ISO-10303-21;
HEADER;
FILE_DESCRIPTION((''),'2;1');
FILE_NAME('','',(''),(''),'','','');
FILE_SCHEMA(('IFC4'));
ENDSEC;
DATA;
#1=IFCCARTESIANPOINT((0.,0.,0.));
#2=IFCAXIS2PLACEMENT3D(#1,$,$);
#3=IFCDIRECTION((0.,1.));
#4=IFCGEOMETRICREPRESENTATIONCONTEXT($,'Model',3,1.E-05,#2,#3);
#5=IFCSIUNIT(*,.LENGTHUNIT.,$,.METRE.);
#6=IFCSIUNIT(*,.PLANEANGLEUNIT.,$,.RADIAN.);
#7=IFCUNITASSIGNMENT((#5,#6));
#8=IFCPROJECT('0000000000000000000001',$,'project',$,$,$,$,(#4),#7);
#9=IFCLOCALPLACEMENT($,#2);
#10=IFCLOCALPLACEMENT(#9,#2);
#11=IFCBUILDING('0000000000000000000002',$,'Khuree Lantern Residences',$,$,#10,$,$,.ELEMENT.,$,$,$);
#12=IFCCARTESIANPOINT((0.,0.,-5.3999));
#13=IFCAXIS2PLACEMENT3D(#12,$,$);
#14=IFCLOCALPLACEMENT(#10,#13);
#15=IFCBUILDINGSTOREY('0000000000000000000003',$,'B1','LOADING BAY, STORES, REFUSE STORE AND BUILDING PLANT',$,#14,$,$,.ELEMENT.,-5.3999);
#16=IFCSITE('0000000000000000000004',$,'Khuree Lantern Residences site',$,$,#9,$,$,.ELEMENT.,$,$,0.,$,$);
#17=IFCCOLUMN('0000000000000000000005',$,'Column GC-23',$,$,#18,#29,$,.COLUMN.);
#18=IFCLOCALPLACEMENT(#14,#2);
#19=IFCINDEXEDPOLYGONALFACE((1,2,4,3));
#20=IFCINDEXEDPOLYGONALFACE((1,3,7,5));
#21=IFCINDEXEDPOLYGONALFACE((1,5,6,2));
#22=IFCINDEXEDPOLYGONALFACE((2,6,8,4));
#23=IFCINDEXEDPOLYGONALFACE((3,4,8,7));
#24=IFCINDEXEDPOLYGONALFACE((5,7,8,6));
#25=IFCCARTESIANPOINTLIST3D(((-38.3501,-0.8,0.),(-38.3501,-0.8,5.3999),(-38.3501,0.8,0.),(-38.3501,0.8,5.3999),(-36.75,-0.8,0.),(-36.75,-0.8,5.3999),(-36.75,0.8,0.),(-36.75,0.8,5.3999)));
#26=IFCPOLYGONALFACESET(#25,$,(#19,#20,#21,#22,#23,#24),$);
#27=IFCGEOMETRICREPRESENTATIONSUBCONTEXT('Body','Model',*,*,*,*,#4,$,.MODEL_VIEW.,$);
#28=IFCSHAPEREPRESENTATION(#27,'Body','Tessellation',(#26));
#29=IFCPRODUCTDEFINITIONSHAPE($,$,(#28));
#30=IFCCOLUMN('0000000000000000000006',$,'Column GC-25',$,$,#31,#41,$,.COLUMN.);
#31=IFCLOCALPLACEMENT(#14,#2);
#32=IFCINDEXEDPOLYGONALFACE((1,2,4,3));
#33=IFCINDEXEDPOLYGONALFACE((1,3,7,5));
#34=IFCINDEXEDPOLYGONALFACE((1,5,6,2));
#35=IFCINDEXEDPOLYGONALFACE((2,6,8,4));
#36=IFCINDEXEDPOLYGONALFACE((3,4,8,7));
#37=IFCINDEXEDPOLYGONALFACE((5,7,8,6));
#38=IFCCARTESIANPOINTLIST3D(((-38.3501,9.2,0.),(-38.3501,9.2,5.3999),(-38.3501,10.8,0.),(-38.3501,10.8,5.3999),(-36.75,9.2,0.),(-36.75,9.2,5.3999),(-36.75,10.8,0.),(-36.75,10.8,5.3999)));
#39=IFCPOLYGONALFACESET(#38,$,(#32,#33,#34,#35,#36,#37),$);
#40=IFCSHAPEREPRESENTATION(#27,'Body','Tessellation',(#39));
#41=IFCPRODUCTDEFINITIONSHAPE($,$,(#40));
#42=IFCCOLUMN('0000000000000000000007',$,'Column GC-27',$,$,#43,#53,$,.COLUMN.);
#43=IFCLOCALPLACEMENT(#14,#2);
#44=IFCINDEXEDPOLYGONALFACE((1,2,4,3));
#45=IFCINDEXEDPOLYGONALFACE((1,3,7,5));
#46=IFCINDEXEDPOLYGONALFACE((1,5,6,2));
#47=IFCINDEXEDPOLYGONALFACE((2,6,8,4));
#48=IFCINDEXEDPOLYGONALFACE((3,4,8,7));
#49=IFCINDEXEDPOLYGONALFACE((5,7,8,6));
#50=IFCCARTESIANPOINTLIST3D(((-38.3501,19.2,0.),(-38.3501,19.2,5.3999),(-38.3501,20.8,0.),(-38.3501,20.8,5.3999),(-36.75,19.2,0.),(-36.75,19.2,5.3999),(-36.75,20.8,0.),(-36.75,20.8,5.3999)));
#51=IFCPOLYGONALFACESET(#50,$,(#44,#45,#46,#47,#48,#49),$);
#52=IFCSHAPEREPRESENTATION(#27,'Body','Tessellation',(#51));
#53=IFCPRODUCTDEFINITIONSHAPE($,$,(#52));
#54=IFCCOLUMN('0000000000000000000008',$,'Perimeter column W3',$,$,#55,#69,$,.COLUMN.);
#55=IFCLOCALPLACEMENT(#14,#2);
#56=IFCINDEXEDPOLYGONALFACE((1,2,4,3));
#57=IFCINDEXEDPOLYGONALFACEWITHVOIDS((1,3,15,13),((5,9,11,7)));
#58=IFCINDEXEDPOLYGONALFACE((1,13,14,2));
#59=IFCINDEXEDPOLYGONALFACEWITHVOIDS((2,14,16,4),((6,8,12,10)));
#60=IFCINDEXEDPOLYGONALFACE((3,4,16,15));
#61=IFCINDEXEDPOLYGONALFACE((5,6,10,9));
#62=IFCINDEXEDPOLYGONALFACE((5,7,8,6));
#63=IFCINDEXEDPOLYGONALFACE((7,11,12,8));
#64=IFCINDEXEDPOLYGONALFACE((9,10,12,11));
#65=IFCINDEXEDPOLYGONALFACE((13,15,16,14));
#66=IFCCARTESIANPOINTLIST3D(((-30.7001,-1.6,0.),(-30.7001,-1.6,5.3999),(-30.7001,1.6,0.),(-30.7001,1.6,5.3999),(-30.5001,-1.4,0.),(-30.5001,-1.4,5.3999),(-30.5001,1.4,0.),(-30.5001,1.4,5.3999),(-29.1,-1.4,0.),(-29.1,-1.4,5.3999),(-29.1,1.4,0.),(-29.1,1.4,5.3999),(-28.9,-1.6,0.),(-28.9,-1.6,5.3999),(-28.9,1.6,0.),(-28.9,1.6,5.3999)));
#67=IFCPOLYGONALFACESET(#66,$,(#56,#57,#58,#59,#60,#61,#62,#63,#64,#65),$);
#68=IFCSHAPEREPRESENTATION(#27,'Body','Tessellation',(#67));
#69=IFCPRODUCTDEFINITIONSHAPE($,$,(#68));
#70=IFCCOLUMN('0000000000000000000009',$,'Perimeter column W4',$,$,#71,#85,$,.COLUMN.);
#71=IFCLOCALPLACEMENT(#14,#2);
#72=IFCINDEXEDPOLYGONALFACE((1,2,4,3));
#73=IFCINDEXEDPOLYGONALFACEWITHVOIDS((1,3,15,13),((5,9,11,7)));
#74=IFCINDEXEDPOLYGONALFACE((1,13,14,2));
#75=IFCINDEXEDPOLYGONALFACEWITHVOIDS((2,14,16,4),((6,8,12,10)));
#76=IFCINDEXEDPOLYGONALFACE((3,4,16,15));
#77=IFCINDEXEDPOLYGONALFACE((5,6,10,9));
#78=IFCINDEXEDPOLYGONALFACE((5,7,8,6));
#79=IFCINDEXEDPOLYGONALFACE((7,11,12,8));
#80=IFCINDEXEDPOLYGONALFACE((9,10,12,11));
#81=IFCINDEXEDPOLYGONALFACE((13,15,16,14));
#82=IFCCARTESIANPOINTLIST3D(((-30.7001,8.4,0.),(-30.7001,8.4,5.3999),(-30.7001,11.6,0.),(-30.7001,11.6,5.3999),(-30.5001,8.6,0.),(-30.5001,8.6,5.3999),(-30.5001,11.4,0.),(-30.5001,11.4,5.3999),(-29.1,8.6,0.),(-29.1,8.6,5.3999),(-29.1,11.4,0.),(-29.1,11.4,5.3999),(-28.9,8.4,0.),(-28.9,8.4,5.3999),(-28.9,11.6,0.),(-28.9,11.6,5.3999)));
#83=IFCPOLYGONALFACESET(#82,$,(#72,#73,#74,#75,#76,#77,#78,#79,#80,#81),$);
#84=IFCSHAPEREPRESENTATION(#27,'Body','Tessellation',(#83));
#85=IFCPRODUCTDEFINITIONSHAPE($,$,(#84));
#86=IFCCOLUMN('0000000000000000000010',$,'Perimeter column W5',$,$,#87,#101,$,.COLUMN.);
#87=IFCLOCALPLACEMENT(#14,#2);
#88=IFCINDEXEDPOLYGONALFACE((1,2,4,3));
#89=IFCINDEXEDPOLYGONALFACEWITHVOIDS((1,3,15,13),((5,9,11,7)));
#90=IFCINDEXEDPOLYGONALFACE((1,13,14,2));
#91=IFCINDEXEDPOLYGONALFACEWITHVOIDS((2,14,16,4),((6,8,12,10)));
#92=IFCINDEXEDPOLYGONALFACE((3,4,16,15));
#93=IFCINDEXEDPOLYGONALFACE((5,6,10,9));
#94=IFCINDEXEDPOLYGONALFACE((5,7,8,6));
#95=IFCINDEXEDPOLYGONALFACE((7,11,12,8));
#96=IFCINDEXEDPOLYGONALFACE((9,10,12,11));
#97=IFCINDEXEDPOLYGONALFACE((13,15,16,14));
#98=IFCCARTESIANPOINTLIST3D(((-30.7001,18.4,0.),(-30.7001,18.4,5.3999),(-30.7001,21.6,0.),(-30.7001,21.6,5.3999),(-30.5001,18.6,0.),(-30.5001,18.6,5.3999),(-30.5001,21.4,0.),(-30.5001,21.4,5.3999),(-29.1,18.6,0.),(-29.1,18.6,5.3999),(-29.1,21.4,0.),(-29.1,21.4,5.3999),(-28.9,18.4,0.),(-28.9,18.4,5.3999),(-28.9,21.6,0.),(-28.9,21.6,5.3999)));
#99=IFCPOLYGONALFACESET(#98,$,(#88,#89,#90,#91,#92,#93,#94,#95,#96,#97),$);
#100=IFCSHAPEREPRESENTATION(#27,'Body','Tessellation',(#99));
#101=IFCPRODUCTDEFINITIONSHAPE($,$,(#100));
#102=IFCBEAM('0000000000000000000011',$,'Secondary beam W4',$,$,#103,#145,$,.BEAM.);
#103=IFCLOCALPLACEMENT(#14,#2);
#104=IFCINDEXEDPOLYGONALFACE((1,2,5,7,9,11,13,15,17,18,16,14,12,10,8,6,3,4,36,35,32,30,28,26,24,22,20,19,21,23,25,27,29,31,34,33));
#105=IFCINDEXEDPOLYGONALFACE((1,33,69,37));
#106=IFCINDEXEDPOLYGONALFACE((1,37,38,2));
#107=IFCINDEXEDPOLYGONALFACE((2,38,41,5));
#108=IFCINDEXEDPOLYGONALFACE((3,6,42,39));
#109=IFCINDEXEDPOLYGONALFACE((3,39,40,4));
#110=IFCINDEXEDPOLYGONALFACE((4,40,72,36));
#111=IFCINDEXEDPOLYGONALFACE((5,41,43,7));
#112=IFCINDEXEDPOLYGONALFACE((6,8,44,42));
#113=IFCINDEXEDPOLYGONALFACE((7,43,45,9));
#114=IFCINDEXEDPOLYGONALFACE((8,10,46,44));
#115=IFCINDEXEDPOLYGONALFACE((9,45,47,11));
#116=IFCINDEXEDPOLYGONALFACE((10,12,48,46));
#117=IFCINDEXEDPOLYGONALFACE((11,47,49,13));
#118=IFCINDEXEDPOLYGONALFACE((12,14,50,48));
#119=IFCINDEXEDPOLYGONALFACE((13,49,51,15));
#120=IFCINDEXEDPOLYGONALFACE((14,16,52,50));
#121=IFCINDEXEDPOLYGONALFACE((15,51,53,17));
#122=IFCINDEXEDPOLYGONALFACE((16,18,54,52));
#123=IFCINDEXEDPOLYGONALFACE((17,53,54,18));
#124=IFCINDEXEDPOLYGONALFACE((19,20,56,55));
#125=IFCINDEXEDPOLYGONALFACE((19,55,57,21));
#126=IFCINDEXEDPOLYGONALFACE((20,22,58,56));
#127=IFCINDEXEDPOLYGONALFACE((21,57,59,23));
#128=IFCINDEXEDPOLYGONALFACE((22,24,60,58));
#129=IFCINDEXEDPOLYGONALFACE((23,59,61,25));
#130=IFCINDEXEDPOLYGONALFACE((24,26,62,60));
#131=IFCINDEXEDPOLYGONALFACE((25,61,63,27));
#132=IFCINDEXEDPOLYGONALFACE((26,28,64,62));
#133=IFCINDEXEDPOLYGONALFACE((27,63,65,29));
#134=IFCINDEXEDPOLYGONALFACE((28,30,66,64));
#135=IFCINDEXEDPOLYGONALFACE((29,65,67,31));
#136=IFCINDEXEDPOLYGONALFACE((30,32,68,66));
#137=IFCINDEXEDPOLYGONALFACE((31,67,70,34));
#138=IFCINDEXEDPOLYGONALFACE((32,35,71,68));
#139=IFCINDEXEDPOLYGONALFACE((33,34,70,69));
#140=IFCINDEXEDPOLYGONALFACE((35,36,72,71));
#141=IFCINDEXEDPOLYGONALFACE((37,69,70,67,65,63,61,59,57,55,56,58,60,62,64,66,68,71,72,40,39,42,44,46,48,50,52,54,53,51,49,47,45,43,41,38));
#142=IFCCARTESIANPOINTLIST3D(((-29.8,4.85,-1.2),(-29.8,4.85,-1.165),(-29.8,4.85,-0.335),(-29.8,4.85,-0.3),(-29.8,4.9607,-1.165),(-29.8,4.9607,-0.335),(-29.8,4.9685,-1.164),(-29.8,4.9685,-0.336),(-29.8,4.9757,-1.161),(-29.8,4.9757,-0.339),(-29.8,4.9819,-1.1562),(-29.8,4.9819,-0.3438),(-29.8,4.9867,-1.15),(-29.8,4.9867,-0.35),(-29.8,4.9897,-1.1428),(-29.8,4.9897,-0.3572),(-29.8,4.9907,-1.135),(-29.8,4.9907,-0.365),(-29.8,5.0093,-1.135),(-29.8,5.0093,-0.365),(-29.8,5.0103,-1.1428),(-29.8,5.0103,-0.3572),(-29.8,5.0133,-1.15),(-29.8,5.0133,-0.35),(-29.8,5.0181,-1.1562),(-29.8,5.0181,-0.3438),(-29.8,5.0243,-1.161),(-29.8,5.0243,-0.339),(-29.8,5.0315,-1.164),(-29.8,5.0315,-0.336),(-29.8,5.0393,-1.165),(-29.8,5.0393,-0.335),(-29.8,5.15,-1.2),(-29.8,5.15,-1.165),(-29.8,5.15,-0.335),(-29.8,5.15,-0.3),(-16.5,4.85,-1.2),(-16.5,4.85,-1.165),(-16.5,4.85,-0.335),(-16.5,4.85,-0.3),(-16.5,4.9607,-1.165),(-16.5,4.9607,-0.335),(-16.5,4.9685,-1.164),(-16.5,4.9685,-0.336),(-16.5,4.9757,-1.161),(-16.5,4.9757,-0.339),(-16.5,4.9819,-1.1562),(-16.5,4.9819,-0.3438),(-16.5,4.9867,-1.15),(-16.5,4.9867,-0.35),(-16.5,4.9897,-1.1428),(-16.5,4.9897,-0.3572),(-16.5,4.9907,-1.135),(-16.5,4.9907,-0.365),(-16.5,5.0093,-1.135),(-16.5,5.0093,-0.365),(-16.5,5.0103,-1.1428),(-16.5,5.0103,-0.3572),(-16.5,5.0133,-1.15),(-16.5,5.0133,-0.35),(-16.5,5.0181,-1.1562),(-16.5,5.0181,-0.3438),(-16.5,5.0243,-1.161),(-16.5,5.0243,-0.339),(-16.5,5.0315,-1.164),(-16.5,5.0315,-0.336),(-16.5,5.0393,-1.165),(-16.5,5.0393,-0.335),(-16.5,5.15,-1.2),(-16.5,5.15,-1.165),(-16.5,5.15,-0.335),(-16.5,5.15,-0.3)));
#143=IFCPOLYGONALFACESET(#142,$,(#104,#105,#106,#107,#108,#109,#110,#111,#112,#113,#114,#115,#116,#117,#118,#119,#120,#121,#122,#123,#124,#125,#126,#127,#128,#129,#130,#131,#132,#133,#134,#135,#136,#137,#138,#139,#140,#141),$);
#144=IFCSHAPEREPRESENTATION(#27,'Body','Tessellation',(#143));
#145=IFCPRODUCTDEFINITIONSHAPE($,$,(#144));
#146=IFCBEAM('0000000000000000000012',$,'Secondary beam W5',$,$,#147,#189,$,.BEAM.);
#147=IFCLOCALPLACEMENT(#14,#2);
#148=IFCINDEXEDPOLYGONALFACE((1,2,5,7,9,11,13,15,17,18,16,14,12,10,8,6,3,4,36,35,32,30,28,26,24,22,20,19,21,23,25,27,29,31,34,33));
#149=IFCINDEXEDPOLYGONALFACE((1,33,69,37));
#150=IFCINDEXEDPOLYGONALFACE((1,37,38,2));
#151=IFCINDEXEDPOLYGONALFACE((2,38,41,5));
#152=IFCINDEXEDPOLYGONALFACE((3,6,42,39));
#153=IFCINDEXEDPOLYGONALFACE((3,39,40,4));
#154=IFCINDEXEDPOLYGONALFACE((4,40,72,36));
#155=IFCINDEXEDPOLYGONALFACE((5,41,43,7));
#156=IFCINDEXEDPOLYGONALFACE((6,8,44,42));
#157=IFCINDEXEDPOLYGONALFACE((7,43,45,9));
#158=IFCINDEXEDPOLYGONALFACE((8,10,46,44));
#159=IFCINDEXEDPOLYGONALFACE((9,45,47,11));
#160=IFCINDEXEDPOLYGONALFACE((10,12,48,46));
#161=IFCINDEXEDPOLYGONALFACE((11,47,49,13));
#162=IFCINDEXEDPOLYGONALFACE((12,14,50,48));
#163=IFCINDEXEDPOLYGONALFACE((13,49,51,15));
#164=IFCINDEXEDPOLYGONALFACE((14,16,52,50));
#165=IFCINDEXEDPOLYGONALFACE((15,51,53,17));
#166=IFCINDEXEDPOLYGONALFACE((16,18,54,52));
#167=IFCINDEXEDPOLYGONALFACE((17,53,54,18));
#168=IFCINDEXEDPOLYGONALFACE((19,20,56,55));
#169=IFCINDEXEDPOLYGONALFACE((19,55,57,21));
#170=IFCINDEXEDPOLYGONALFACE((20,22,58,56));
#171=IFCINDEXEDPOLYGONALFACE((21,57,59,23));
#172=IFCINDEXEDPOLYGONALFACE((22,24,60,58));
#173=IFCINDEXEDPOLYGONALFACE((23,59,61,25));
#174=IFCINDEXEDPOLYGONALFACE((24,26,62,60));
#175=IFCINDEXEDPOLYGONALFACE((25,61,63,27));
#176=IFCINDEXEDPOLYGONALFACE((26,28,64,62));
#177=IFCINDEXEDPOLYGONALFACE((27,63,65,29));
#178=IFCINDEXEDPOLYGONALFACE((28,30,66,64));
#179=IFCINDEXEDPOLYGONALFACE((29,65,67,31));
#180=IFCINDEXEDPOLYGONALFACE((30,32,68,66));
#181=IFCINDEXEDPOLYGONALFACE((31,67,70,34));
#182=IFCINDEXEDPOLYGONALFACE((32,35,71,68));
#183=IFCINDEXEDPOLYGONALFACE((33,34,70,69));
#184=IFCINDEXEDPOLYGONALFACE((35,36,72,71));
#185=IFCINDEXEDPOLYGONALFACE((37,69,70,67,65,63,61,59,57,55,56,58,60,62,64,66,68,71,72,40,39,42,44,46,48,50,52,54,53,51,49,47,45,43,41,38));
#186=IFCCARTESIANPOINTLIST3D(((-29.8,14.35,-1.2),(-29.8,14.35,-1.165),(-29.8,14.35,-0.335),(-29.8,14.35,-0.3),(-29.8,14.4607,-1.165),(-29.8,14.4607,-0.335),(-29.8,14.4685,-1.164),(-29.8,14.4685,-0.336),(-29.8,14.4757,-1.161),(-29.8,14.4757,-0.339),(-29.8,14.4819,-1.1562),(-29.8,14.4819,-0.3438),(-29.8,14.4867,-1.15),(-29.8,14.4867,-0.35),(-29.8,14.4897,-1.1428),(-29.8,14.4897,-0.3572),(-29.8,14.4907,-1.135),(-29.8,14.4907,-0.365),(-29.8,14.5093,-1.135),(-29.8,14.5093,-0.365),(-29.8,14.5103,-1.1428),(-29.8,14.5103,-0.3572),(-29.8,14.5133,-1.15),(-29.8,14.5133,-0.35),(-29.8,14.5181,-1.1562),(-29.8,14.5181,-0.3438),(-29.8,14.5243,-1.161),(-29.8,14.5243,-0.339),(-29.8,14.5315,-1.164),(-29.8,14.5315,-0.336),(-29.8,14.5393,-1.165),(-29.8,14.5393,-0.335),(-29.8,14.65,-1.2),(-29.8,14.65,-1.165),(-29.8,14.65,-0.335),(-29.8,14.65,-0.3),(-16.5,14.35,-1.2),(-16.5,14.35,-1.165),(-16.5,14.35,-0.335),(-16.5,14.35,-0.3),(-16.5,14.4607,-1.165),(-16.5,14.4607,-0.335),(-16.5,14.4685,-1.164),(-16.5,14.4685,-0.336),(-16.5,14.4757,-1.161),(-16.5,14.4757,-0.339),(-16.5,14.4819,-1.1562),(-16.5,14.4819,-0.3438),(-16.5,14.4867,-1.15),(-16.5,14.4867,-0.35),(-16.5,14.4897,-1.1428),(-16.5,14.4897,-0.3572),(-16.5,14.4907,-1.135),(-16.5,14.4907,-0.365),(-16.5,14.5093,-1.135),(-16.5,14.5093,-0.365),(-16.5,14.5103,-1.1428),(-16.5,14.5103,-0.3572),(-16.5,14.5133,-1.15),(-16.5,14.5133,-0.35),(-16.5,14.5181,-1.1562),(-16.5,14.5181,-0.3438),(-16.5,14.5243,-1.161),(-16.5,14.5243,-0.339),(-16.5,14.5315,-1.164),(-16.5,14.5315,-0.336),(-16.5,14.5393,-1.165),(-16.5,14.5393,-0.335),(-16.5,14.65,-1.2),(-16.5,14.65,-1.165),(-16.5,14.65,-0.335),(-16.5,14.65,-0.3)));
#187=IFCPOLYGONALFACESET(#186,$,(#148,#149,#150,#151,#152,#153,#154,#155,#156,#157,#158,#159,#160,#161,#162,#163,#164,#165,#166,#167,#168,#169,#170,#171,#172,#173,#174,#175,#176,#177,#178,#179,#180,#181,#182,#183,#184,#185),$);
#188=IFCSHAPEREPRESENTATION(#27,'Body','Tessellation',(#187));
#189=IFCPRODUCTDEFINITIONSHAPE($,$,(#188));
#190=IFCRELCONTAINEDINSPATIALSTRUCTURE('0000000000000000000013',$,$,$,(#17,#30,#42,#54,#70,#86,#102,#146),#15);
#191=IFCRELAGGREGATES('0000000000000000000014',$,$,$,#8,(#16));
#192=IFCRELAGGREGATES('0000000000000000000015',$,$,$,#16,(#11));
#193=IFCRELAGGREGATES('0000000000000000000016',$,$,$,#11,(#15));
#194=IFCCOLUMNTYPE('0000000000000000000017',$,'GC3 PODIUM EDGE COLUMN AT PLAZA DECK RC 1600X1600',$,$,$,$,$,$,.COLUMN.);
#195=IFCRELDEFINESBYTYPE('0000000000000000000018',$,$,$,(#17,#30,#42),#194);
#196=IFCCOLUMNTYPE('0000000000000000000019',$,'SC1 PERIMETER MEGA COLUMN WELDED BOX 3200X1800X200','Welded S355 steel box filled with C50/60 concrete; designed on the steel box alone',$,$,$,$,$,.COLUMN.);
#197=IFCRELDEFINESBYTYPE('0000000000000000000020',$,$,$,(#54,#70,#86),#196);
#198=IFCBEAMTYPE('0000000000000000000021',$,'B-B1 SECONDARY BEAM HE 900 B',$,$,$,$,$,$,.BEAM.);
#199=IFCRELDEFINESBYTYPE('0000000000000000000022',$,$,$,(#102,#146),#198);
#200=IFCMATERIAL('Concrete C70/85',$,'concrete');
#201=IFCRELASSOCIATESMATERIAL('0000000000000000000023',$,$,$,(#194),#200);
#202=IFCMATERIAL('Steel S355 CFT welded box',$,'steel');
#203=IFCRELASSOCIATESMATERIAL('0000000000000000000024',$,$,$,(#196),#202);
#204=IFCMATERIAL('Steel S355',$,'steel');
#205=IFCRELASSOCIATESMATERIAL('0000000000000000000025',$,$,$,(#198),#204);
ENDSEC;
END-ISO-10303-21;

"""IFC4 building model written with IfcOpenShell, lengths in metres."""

from ifc_helpers import new_model, si_unit, direction, frame, origin, origin_2d, place, context, subcontext, project, spatial, rectangle, hollow_rectangle, i_section, extrude, material, material_profile, profile_set, type_object, element, save


model = new_model("IFC4")

# Units and contexts
model_context = context("Model", 3, precision=1e-05, world=origin(), true_north=direction((0.0, 1.0)))
body_context = subcontext(model_context, "Body", "Model", "MODEL_VIEW")
ifc_project = project(units=[si_unit("LENGTHUNIT", "METRE"), si_unit("PLANEANGLEUNIT", "RADIAN")], contexts=[model_context])

# Site, building, storey
site_placement = place(None, origin())
site = spatial("IfcSite", under=ifc_project, at=site_placement, Name="Khuree Lantern Residences site", CompositionType="ELEMENT", RefElevation=0.0)
building_placement = place(site_placement, origin())
building = spatial("IfcBuilding", under=site, at=building_placement, Name="Khuree Lantern Residences", CompositionType="ELEMENT")
storey_placement = place(building_placement, frame((0.0, 0.0, -5.3999)))
storey = spatial("IfcBuildingStorey", under=building, at=storey_placement, Name="B1", Description="LOADING BAY, STORES, REFUSE STORE AND BUILDING PLANT", CompositionType="ELEMENT", Elevation=-5.3999)

# Columns
ifc_material_1 = material(Name="Concrete C70/85", Category="concrete")
ifc_material_profile_1 = material_profile(ifc_material_1, rectangle(XDim=1.6001, YDim=1.6001, at=origin_2d()), Name="RC 1600X1600")
ifc_profile_set_1 = profile_set([ifc_material_profile_1], Name="Concrete C70/85")
column_type_1 = type_object("IfcColumnType", Name="GC3 PODIUM EDGE COLUMN AT PLAZA DECK RC 1600X1600", PredefinedType="COLUMN", material=ifc_profile_set_1)
for number, where, z_axis, x_axis, name in (
    (1, (-37.55, 0.0, 0.0), (0.0, 0.0, 1.0), (1.0, 0.0, 0.0), "Column GC-23"),
    (2, (-37.55, 10.0, 0.0), (0.0, 0.0, 1.0), (1.0, 0.0, 0.0), "Column GC-25"),
    (3, (-37.55, 20.0, 0.0), (0.0, 0.0, 1.0), (1.0, 0.0, 0.0), "Column GC-27"),
):
    element("IfcColumn", number, at=place(storey_placement, frame(where, z_axis=z_axis, x_axis=x_axis)), inside=storey, type_object=column_type_1, Name=name, PredefinedType="COLUMN", context=body_context, shape_type="SweptSolid", body=[
        extrude(rectangle(XDim=1.6001, YDim=1.6001, at=origin_2d()), origin(), (0.0, 0.0, 1.0), 5.3999),
    ])
ifc_material_2 = material(Name="Steel S355 CFT welded box", Category="steel")
ifc_material_profile_2 = material_profile(ifc_material_2, hollow_rectangle(XDim=3.2, YDim=1.8, WallThickness=0.2, at=origin_2d()), Name="WELDED BOX 3200X1800X200")
ifc_profile_set_2 = profile_set([ifc_material_profile_2], Name="Steel S355 CFT welded box")
column_type_2 = type_object("IfcColumnType", Name="SC1 PERIMETER MEGA COLUMN WELDED BOX 3200X1800X200", Description="Welded S355 steel box filled with C50/60 concrete; designed on the steel box alone", PredefinedType="COLUMN", material=ifc_profile_set_2)
for number, where, z_axis, x_axis, name in (
    (4, (-29.8, 0.0, 0.0), (0.0, 0.0, 1.0), (0.0, 1.0, 0.0), "Perimeter column W3"),
    (5, (-29.8, 10.0, 0.0), (0.0, 0.0, 1.0), (0.0, 1.0, 0.0), "Perimeter column W4"),
    (6, (-29.8, 20.0, 0.0), (0.0, 0.0, 1.0), (0.0, 1.0, 0.0), "Perimeter column W5"),
):
    element("IfcColumn", number, at=place(storey_placement, frame(where, z_axis=z_axis, x_axis=x_axis)), inside=storey, type_object=column_type_2, Name=name, PredefinedType="COLUMN", context=body_context, shape_type="SweptSolid", body=[
        extrude(hollow_rectangle(XDim=3.2, YDim=1.8, WallThickness=0.2, at=origin_2d()), origin(), (0.0, 0.0, 1.0), 5.3999),
    ])

# Beams
ifc_material_3 = material(Name="Steel S355", Category="steel")
ifc_material_profile_3 = material_profile(ifc_material_3, i_section(OverallWidth=0.3, OverallDepth=0.8999, WebThickness=0.0186, FlangeThickness=0.0349, FilletRadius=0.03, at=origin_2d()), Name="HE 900 B")
ifc_profile_set_3 = profile_set([ifc_material_profile_3], Name="Steel S355")
beam_type_1 = type_object("IfcBeamType", Name="B-B1 SECONDARY BEAM HE 900 B", PredefinedType="BEAM", material=ifc_profile_set_3)
for number, where, z_axis, x_axis, name in (
    (7, (-29.8, 5.0, -0.75), (1.0, 0.0, 0.0), (0.0, 1.0, 0.0), "Secondary beam W4"),
    (8, (-29.8, 14.5, -0.75), (1.0, 0.0, 0.0), (0.0, 1.0, 0.0), "Secondary beam W5"),
):
    element("IfcBeam", number, at=place(storey_placement, frame(where, z_axis=z_axis, x_axis=x_axis)), inside=storey, type_object=beam_type_1, Name=name, PredefinedType="BEAM", context=body_context, shape_type="SweptSolid", body=[
        extrude(i_section(OverallWidth=0.3, OverallDepth=0.8999, WebThickness=0.0186, FlangeThickness=0.0349, FilletRadius=0.03, at=origin_2d()), origin(), (0.0, 0.0, 1.0), 13.3),
    ])

save(model, "model.ifc")
